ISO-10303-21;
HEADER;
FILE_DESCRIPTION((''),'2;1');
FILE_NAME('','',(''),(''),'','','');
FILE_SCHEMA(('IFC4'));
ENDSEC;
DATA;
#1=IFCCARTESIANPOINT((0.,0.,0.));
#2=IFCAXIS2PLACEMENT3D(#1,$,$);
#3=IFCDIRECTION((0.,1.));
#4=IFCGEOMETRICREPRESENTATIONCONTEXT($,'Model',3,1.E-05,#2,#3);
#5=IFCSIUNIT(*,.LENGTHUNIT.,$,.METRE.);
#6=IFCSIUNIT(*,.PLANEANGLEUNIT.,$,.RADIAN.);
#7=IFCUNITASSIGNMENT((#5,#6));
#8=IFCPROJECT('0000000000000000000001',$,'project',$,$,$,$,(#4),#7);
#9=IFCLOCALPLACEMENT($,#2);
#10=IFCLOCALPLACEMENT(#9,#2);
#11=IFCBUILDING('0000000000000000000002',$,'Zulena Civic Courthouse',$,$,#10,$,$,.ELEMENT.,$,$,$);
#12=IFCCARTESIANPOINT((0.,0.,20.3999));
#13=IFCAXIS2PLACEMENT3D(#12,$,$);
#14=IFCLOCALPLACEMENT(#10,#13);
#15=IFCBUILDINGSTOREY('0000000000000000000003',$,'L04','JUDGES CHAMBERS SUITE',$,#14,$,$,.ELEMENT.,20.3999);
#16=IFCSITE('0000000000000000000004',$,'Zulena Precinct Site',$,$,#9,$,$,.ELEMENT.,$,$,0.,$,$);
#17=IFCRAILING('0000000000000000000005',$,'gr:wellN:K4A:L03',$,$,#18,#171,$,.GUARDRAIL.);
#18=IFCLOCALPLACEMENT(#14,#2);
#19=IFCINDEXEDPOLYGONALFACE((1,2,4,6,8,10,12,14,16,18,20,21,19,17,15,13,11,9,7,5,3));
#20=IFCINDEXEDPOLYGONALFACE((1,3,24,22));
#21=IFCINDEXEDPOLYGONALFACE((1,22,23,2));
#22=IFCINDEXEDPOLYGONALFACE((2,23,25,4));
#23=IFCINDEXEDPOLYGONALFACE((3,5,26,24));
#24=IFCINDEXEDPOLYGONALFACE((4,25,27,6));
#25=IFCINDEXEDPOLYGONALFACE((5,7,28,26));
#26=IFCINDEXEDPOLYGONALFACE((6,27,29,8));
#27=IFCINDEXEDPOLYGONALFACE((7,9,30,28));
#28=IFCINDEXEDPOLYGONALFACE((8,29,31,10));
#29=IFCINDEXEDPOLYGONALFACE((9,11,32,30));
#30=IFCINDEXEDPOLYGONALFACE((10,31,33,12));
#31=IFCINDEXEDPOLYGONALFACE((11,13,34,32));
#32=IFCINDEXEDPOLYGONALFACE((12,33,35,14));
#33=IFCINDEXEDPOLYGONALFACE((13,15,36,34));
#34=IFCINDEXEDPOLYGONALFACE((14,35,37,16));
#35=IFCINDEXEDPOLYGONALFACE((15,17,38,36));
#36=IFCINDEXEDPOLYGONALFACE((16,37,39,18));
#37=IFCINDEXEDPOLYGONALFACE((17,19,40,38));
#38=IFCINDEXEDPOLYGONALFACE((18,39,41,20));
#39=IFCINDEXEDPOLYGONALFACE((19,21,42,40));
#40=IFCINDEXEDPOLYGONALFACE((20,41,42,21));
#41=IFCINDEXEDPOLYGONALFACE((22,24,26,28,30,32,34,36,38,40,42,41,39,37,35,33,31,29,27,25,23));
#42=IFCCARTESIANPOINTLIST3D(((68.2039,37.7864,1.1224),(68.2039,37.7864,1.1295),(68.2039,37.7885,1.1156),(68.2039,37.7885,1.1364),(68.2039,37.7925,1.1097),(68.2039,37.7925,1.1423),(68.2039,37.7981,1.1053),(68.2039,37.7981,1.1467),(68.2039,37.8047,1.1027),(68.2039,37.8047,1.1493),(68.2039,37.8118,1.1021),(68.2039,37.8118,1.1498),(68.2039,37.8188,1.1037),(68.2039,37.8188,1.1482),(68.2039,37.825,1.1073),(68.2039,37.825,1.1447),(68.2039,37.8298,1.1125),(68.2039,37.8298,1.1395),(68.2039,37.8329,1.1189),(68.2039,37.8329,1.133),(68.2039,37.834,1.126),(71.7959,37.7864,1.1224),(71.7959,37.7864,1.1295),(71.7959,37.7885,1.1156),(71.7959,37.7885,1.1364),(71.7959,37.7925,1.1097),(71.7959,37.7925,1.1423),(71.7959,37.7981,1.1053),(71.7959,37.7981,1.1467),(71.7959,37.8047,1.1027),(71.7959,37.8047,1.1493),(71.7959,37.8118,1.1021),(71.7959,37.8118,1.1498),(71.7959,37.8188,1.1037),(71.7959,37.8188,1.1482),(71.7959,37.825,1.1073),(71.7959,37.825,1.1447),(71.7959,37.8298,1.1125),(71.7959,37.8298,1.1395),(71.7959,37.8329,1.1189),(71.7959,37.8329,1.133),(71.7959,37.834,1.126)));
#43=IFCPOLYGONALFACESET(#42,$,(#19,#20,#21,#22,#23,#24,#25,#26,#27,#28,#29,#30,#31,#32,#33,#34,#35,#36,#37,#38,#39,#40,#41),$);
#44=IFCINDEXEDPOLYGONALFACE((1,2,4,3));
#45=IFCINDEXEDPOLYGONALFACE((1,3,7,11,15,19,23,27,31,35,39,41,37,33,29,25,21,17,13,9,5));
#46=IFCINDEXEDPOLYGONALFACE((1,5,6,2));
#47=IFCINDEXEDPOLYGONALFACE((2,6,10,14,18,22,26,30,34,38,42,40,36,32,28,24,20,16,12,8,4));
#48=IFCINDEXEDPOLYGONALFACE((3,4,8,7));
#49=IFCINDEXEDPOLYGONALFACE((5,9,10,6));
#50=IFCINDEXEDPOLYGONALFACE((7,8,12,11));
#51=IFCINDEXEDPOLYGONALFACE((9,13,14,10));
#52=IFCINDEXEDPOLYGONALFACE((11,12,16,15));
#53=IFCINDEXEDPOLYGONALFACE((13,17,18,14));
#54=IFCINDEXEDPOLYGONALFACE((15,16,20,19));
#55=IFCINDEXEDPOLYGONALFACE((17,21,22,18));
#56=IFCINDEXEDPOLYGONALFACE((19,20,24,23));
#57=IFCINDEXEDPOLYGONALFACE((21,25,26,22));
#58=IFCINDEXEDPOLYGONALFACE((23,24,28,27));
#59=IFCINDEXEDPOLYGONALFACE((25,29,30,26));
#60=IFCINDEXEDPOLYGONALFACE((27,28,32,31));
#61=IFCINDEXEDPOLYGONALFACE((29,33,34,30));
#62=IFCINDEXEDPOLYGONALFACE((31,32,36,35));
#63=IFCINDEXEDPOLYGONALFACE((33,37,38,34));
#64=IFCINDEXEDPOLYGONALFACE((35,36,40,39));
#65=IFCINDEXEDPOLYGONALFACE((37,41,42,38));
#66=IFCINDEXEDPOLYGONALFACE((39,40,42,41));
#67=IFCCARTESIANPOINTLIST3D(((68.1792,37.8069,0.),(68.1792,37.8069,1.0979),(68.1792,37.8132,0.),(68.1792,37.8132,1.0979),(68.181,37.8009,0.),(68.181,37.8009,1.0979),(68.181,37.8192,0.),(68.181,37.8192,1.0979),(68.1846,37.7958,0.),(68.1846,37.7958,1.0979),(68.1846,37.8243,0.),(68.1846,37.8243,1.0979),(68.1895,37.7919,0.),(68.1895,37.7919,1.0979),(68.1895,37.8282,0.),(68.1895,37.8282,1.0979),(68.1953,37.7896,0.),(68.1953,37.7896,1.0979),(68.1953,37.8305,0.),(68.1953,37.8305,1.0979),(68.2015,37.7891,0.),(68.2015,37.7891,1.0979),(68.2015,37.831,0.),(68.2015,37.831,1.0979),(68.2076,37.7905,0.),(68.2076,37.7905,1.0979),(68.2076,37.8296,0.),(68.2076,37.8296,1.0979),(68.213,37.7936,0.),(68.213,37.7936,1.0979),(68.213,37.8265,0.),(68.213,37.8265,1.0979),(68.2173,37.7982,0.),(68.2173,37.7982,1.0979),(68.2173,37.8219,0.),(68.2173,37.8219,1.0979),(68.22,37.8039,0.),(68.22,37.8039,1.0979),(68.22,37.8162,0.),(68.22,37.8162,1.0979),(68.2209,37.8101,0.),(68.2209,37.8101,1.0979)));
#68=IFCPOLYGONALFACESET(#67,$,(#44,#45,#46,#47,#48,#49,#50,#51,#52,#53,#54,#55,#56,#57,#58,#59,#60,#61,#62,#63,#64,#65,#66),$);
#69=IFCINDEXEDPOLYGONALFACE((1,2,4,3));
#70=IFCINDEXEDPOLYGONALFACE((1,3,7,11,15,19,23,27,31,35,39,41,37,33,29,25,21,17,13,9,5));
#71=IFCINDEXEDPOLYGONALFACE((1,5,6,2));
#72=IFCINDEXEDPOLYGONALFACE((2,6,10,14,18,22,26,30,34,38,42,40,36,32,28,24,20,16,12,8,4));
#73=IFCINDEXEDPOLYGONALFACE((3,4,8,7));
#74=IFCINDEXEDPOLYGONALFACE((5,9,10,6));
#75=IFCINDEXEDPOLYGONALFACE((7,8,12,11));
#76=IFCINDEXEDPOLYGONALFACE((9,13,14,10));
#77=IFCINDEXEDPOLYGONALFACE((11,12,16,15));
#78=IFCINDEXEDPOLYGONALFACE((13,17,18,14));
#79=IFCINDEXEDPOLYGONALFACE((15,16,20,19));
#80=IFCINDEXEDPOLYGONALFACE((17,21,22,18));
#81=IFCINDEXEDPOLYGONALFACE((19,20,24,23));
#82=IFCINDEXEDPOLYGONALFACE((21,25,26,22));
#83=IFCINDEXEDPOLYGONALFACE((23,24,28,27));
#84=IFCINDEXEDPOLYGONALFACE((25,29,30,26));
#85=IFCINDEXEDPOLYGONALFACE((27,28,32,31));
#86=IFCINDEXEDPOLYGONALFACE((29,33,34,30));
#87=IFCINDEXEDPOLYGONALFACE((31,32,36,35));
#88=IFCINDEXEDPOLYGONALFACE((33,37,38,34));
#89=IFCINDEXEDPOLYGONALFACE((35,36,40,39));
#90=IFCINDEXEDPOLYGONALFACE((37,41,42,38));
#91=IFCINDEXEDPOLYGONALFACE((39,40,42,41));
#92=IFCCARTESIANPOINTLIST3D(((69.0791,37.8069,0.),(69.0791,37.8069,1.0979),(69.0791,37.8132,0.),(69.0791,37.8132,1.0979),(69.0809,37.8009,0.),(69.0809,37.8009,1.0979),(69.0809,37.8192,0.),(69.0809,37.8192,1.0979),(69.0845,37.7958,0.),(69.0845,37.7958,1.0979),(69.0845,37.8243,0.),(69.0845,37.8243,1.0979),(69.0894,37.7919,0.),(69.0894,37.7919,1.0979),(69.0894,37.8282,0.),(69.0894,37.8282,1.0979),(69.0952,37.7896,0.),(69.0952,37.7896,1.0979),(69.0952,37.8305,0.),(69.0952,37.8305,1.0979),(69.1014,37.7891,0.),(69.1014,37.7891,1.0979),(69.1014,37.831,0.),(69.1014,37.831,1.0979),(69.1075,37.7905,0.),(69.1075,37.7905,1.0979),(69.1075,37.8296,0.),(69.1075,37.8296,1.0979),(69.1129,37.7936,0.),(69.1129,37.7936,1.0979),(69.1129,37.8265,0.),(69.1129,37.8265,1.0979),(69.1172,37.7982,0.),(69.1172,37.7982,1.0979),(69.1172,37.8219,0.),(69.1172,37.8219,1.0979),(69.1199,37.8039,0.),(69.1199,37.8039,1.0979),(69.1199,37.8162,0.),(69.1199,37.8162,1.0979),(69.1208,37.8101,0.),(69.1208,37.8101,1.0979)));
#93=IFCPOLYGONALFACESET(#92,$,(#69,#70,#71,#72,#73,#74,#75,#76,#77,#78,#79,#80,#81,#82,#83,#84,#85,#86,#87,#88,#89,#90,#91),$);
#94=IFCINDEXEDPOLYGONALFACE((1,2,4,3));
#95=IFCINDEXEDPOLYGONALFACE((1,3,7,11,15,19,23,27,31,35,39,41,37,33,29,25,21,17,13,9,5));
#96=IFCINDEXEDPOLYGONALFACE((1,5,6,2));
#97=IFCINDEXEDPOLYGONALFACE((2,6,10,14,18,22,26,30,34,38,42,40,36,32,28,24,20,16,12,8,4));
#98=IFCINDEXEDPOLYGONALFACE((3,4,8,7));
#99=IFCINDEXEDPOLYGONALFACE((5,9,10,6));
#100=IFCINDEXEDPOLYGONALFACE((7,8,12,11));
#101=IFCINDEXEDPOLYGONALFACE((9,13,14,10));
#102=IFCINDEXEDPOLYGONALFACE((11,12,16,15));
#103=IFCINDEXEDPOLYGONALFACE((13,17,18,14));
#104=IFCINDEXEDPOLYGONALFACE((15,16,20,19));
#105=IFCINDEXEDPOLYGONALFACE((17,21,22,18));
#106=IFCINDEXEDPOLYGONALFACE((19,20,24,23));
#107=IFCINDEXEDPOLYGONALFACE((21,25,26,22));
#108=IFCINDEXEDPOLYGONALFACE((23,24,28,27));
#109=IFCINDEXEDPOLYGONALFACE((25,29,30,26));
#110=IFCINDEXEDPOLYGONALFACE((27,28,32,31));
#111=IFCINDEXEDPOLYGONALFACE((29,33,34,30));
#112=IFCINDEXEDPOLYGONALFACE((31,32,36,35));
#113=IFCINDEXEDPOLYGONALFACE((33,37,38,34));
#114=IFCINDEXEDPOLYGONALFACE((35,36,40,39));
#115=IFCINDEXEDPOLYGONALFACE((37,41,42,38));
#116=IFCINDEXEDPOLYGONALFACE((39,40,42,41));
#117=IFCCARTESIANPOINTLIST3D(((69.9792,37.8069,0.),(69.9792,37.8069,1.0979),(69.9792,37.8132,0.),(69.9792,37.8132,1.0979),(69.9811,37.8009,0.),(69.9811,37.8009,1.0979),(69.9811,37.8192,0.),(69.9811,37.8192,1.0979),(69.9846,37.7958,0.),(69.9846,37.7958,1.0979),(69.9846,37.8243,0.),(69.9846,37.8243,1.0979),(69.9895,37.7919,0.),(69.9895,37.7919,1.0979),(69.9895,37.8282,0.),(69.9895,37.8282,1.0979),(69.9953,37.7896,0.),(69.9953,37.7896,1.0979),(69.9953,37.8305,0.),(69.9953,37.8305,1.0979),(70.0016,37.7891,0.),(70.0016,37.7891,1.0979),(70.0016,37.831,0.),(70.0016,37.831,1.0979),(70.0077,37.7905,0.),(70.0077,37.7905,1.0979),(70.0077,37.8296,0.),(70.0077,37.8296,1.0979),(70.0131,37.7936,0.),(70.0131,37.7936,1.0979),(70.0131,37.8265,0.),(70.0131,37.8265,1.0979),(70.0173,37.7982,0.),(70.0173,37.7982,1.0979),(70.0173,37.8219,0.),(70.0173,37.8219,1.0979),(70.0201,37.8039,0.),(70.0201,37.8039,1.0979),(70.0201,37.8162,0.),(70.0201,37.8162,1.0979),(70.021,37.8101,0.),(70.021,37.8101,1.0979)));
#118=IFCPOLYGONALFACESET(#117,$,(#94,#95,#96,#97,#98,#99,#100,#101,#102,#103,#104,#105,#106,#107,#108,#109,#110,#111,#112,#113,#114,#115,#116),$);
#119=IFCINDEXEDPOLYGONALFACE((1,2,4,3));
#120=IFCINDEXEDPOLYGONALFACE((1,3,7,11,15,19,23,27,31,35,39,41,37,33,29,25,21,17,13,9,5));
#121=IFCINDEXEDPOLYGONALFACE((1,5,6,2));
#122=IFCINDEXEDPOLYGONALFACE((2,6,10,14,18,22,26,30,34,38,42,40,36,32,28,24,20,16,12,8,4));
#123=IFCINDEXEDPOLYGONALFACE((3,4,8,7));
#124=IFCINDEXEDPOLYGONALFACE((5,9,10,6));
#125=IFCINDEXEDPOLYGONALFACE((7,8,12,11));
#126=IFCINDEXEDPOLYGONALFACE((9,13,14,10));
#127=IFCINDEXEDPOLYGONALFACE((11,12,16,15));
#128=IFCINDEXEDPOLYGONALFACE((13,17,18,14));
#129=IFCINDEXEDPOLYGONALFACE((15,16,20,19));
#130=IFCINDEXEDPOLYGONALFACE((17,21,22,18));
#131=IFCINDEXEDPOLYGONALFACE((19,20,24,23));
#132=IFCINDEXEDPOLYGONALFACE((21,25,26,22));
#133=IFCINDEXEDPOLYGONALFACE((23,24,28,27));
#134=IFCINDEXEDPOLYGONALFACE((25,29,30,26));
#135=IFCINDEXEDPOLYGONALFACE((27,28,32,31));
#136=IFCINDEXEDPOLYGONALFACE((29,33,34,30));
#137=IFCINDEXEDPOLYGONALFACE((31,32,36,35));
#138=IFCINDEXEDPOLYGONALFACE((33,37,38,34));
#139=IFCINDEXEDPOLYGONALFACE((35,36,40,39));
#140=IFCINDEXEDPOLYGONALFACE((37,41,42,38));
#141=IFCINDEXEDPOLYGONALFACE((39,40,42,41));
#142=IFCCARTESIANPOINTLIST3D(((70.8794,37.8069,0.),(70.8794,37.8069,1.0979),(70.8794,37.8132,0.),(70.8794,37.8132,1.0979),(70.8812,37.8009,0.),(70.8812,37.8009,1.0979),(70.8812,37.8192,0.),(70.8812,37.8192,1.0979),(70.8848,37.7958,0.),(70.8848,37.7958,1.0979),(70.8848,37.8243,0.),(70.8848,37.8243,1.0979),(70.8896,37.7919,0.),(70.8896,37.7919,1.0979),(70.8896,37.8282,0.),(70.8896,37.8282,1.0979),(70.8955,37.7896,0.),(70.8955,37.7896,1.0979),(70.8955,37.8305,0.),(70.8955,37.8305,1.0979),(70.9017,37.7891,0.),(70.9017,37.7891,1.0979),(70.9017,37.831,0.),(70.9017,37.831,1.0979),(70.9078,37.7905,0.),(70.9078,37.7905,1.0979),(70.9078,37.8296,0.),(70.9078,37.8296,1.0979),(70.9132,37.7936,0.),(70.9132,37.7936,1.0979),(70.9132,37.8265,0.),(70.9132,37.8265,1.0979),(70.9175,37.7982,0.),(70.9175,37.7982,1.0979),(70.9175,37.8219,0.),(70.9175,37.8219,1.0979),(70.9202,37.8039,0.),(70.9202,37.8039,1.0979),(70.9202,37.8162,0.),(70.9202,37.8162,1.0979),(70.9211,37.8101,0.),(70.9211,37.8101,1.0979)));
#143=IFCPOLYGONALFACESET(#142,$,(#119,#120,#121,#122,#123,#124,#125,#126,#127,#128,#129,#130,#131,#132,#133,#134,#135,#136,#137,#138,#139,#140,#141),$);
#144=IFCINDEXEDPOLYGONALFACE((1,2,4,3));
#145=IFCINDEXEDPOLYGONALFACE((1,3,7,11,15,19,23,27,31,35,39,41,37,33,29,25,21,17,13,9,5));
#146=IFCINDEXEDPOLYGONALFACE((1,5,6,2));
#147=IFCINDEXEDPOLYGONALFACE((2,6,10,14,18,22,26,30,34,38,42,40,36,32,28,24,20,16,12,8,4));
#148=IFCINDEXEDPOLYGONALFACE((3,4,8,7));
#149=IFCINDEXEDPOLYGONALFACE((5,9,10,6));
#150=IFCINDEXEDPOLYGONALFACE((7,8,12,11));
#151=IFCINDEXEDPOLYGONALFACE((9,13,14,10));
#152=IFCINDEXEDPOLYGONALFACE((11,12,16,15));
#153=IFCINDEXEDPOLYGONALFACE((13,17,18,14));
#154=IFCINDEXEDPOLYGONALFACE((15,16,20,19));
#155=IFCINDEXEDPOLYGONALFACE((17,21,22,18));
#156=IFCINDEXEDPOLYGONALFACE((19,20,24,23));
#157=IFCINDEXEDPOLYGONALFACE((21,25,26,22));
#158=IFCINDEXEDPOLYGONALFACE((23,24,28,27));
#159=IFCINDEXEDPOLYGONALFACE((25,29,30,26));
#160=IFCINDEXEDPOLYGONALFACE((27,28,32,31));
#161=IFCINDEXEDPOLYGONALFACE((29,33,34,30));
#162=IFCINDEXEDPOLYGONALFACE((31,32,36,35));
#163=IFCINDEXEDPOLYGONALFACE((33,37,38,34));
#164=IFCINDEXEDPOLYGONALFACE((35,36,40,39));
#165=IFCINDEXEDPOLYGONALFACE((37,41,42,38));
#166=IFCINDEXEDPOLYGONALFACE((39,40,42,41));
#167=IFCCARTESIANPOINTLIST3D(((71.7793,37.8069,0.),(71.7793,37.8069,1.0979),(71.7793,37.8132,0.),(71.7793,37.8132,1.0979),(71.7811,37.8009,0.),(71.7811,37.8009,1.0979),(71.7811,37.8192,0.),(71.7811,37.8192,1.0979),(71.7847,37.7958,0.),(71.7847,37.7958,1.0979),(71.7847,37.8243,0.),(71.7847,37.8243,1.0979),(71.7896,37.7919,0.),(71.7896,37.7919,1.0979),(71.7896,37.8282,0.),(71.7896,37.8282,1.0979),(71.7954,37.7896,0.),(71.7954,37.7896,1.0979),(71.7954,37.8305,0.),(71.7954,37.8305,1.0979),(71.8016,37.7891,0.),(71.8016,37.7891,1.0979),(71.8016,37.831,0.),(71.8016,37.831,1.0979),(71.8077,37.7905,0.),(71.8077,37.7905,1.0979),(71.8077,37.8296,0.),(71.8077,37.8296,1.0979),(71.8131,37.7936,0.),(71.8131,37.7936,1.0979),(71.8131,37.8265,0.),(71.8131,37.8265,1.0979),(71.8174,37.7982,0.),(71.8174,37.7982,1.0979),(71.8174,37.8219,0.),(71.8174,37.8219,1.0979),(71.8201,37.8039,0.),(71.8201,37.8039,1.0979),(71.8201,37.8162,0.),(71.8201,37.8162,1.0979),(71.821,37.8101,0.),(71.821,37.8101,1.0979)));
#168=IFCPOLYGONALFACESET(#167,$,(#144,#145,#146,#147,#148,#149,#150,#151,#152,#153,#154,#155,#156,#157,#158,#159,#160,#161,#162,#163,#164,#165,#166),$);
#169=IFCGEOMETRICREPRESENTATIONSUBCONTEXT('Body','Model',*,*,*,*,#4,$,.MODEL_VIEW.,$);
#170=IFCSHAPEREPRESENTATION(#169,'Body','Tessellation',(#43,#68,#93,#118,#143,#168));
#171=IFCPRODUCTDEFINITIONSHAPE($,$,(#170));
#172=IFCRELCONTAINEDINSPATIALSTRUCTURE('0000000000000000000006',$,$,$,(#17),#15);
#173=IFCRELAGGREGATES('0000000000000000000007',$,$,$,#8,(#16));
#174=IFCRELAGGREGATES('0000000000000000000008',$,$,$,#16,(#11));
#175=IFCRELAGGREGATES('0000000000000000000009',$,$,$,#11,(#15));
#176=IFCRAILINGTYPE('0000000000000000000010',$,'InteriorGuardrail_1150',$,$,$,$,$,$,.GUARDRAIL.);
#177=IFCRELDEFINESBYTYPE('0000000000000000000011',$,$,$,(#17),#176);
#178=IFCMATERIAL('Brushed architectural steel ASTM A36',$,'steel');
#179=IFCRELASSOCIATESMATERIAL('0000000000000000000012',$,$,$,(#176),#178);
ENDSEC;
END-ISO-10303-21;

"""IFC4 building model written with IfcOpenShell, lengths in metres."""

from ifc_helpers import new_model, si_unit, direction, frame, origin, origin_2d, place, context, subcontext, project, spatial, circle, extrude, material, type_object, element, save


model = new_model("IFC4")

# Units and contexts
model_context = context("Model", 3, precision=1e-05, world=origin(), true_north=direction((0.0, 1.0)))
body_context = subcontext(model_context, "Body", "Model", "MODEL_VIEW")
ifc_project = project(units=[si_unit("LENGTHUNIT", "METRE"), si_unit("PLANEANGLEUNIT", "RADIAN")], contexts=[model_context])

# Site, building, storey
site_placement = place(None, origin())
site = spatial("IfcSite", under=ifc_project, at=site_placement, Name="Zulena Precinct Site", CompositionType="ELEMENT", RefElevation=0.0)
building_placement = place(site_placement, origin())
building = spatial("IfcBuilding", under=site, at=building_placement, Name="Zulena Civic Courthouse", CompositionType="ELEMENT")
storey_placement = place(building_placement, frame((0.0, 0.0, 20.3999)))
storey = spatial("IfcBuildingStorey", under=building, at=storey_placement, Name="L04", Description="JUDGES CHAMBERS SUITE", CompositionType="ELEMENT", Elevation=20.3999)

# Railing
ifc_material_1 = material(Name="Brushed architectural steel ASTM A36", Category="steel")
railing_type_1 = type_object("IfcRailingType", Name="InteriorGuardrail_1150", PredefinedType="GUARDRAIL", material=ifc_material_1)
railing_1_placement = place(storey_placement, frame((68.2, 37.8101, 0.0)))
element("IfcRailing", 1, at=railing_1_placement, inside=storey, type_object=railing_type_1, Name="gr:wellN:K4A:L03", PredefinedType="GUARDRAIL", context=body_context, shape_type="SweptSolid", body=[
    extrude(circle(Radius=0.0239, at=origin_2d()), frame((0.0039, 0.0, 1.126), z_axis=(1.0, 0.0, 0.0), x_axis=(0.0, 1.0, 0.0)), (0.0, 0.0, 1.0), 3.592),
    extrude(circle(Radius=0.021, at=origin_2d()), origin(), (0.0, 0.0, 1.0), 1.0979),
    extrude(circle(Radius=0.021, at=origin_2d()), frame((0.8999, 0.0, 0.0)), (0.0, 0.0, 1.0), 1.0979),
    extrude(circle(Radius=0.021, at=origin_2d()), frame((1.8, 0.0, 0.0)), (0.0, 0.0, 1.0), 1.0979),
    extrude(circle(Radius=0.021, at=origin_2d()), frame((2.7002, 0.0, 0.0)), (0.0, 0.0, 1.0), 1.0979),
    extrude(circle(Radius=0.021, at=origin_2d()), frame((3.6001, 0.0, 0.0)), (0.0, 0.0, 1.0), 1.0979),
])

save(model, "model.ifc")
